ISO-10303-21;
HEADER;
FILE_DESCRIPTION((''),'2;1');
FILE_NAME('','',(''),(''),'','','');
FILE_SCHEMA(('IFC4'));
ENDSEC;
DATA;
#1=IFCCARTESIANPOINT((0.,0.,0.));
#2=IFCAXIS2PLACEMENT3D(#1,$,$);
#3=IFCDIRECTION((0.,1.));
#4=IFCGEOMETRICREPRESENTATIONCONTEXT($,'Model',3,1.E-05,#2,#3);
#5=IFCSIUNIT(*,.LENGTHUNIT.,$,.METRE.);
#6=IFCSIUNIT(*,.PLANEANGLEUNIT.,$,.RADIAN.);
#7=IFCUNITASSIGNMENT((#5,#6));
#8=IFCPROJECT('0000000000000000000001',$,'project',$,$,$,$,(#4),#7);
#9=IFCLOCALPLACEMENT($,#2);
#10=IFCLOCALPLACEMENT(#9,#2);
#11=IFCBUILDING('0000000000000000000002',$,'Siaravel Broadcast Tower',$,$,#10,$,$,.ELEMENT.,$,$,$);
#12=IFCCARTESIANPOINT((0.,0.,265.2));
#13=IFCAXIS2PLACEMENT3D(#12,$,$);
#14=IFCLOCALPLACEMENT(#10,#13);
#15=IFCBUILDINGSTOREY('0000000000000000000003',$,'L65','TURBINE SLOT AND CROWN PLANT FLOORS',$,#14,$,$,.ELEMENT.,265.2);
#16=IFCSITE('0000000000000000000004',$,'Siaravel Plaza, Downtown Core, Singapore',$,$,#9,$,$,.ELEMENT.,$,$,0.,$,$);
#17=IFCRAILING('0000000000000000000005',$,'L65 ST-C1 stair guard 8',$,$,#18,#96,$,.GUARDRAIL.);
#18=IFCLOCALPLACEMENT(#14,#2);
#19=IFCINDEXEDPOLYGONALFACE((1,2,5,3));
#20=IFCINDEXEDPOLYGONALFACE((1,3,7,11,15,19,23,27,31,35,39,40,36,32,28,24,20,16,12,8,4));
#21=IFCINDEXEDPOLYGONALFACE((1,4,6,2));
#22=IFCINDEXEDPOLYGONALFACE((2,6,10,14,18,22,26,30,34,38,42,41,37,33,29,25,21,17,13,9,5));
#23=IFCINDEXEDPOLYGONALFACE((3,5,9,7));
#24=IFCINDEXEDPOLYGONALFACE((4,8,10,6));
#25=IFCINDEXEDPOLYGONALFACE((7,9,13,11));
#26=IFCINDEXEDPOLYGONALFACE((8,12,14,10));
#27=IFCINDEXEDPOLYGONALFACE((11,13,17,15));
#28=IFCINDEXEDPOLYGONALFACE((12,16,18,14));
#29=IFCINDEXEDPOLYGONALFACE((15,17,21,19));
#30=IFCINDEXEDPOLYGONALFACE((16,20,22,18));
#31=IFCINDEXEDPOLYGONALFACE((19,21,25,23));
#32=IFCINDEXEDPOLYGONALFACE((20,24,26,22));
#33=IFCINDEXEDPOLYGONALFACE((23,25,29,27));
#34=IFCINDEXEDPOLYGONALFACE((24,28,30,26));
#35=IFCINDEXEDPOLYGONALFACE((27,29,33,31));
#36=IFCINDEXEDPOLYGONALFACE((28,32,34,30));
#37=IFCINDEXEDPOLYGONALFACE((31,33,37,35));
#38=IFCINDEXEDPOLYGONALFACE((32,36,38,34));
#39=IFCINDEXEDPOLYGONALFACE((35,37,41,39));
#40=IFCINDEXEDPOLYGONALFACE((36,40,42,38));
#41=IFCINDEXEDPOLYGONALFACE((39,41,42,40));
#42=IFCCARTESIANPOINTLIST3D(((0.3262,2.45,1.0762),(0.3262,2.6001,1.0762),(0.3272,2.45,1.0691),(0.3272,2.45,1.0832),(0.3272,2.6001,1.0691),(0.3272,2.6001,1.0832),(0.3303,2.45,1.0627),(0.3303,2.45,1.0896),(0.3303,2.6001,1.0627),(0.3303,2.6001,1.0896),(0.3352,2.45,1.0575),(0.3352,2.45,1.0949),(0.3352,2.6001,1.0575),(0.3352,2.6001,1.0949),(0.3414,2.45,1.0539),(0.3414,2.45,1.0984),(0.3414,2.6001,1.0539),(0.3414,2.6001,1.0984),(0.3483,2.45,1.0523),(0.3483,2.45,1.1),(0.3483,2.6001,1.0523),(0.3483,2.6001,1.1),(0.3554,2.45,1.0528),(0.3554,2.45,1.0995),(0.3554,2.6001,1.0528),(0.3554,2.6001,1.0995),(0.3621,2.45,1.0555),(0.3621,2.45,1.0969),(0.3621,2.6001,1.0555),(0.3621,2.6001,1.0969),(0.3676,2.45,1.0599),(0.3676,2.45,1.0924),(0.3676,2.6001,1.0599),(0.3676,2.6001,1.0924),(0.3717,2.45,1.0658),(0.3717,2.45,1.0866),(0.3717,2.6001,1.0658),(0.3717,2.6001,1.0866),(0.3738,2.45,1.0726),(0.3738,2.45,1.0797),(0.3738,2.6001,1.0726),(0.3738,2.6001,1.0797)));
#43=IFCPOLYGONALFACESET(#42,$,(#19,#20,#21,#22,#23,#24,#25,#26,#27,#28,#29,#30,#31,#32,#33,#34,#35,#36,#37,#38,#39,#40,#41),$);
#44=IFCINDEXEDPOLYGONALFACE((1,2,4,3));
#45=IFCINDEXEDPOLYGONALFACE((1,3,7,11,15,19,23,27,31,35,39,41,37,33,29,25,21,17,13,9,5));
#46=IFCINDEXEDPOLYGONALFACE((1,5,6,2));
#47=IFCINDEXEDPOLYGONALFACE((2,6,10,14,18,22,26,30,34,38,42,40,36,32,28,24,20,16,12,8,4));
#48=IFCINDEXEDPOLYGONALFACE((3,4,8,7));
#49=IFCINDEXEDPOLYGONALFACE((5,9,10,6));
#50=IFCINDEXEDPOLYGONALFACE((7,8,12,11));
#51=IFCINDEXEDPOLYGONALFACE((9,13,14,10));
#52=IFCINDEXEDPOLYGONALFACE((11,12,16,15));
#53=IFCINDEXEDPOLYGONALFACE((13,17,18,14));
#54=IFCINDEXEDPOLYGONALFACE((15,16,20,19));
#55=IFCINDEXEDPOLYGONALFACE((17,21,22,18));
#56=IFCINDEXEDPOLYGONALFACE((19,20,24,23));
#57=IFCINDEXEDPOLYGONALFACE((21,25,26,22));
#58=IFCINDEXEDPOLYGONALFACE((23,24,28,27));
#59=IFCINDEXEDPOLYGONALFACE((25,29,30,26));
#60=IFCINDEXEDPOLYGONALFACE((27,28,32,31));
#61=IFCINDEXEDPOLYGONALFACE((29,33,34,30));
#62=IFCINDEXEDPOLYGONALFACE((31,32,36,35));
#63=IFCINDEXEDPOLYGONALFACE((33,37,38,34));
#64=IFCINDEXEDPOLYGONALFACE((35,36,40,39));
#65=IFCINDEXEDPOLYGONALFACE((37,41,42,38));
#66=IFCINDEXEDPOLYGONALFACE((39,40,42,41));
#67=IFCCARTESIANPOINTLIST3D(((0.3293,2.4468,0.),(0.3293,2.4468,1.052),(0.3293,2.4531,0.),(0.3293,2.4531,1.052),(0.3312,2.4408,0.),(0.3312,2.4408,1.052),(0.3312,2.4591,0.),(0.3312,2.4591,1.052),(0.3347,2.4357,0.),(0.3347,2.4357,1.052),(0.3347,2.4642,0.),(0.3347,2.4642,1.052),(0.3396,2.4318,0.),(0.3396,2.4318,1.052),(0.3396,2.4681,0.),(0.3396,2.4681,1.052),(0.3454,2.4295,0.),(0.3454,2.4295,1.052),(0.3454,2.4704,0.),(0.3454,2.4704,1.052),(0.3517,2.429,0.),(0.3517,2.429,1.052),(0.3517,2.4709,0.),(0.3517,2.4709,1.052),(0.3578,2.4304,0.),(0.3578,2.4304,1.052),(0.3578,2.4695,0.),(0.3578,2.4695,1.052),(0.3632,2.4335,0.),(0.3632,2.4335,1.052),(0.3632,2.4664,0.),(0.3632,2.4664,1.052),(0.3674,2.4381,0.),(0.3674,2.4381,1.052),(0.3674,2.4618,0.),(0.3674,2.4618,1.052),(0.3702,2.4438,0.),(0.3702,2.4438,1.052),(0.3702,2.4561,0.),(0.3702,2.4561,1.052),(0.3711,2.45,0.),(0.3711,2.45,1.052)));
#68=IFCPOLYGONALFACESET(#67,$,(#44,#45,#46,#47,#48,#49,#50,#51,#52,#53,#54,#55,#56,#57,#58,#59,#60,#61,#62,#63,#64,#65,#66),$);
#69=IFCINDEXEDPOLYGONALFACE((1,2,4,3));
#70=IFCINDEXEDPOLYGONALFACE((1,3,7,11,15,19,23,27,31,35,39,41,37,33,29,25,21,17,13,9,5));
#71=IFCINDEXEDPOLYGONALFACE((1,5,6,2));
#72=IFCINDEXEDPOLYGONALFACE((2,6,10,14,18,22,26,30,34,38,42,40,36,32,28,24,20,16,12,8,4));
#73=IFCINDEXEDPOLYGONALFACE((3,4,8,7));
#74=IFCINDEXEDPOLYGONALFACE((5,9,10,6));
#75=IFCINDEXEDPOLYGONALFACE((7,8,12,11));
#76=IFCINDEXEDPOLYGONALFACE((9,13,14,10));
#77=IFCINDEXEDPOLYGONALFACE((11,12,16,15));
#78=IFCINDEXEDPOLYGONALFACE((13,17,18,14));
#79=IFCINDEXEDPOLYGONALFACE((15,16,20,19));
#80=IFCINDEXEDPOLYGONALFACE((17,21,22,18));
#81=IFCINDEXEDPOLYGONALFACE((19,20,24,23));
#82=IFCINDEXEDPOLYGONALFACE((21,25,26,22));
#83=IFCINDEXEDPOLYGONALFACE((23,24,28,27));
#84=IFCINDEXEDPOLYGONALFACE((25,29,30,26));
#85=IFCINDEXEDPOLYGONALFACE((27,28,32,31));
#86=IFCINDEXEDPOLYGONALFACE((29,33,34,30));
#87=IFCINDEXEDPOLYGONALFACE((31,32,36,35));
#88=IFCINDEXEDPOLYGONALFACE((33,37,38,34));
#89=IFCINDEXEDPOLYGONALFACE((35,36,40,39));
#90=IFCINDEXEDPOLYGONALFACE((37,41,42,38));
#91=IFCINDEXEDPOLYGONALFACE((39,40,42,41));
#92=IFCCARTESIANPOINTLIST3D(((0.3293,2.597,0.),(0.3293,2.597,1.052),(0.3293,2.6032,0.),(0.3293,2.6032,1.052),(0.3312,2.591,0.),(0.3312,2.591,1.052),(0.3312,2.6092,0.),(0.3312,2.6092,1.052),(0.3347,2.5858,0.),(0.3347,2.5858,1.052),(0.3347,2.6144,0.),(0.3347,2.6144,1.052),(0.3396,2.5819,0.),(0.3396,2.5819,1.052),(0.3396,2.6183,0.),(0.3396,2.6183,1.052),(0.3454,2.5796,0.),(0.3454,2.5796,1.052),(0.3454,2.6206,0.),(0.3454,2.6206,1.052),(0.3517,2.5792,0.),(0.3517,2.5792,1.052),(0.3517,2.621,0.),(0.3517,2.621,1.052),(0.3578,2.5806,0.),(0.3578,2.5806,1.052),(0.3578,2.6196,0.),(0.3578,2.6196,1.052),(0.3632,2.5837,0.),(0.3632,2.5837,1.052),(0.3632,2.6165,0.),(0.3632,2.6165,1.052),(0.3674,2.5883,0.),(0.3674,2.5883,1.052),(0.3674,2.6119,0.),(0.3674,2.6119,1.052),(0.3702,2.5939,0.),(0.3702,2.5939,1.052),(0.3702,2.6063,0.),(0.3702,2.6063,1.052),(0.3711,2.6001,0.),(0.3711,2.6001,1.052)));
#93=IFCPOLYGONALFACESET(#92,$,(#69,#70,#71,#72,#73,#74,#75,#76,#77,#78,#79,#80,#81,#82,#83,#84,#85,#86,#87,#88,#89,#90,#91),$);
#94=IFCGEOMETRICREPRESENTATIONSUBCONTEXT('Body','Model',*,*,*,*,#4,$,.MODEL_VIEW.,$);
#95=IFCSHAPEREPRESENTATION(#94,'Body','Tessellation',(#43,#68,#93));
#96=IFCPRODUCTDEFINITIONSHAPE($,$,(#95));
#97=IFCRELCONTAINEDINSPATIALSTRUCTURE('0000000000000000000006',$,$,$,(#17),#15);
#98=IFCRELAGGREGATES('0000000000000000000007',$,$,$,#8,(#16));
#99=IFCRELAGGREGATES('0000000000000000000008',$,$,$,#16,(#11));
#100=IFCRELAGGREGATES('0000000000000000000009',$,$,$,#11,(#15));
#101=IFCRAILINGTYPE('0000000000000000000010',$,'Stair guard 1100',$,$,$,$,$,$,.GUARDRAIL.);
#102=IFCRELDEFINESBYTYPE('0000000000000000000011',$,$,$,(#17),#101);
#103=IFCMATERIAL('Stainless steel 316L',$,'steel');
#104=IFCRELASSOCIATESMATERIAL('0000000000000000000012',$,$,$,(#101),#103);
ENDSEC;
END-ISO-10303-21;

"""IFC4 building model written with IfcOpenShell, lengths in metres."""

from ifc_helpers import new_model, si_unit, direction, frame, origin, origin_2d, place, context, subcontext, project, spatial, circle, extrude, material, type_object, element, save


model = new_model("IFC4")

# Units and contexts
model_context = context("Model", 3, precision=1e-05, world=origin(), true_north=direction((0.0, 1.0)))
body_context = subcontext(model_context, "Body", "Model", "MODEL_VIEW")
ifc_project = project(units=[si_unit("LENGTHUNIT", "METRE"), si_unit("PLANEANGLEUNIT", "RADIAN")], contexts=[model_context])

# Site, building, storey
site_placement = place(None, origin())
site = spatial("IfcSite", under=ifc_project, at=site_placement, Name="Siaravel Plaza, Downtown Core, Singapore", CompositionType="ELEMENT", RefElevation=0.0)
building_placement = place(site_placement, origin())
building = spatial("IfcBuilding", under=site, at=building_placement, Name="Siaravel Broadcast Tower", CompositionType="ELEMENT")
storey_placement = place(building_placement, frame((0.0, 0.0, 265.2)))
storey = spatial("IfcBuildingStorey", under=building, at=storey_placement, Name="L65", Description="TURBINE SLOT AND CROWN PLANT FLOORS", CompositionType="ELEMENT", Elevation=265.2)

# Railing
ifc_material_1 = material(Name="Stainless steel 316L", Category="steel")
railing_type_1 = type_object("IfcRailingType", Name="Stair guard 1100", PredefinedType="GUARDRAIL", material=ifc_material_1)
railing_1_placement = place(storey_placement, frame((0.3501, 2.45, 0.0)))
element("IfcRailing", 1, at=railing_1_placement, inside=storey, type_object=railing_type_1, Name="L65 ST-C1 stair guard 8", PredefinedType="GUARDRAIL", context=body_context, shape_type="SweptSolid", body=[
    extrude(circle(Radius=0.0239, at=origin_2d()), frame((0.0, 0.0, 1.0762), z_axis=(0.0, 1.0, 0.0), x_axis=(-1.0, 0.0, 0.0)), (0.0, 0.0, 1.0), 0.1501),
    extrude(circle(Radius=0.021, at=origin_2d()), origin(), (0.0, 0.0, 1.0), 1.052),
    extrude(circle(Radius=0.021, at=origin_2d()), frame((0.0, 0.1501, 0.0)), (0.0, 0.0, 1.0), 1.052),
])

save(model, "model.ifc")
